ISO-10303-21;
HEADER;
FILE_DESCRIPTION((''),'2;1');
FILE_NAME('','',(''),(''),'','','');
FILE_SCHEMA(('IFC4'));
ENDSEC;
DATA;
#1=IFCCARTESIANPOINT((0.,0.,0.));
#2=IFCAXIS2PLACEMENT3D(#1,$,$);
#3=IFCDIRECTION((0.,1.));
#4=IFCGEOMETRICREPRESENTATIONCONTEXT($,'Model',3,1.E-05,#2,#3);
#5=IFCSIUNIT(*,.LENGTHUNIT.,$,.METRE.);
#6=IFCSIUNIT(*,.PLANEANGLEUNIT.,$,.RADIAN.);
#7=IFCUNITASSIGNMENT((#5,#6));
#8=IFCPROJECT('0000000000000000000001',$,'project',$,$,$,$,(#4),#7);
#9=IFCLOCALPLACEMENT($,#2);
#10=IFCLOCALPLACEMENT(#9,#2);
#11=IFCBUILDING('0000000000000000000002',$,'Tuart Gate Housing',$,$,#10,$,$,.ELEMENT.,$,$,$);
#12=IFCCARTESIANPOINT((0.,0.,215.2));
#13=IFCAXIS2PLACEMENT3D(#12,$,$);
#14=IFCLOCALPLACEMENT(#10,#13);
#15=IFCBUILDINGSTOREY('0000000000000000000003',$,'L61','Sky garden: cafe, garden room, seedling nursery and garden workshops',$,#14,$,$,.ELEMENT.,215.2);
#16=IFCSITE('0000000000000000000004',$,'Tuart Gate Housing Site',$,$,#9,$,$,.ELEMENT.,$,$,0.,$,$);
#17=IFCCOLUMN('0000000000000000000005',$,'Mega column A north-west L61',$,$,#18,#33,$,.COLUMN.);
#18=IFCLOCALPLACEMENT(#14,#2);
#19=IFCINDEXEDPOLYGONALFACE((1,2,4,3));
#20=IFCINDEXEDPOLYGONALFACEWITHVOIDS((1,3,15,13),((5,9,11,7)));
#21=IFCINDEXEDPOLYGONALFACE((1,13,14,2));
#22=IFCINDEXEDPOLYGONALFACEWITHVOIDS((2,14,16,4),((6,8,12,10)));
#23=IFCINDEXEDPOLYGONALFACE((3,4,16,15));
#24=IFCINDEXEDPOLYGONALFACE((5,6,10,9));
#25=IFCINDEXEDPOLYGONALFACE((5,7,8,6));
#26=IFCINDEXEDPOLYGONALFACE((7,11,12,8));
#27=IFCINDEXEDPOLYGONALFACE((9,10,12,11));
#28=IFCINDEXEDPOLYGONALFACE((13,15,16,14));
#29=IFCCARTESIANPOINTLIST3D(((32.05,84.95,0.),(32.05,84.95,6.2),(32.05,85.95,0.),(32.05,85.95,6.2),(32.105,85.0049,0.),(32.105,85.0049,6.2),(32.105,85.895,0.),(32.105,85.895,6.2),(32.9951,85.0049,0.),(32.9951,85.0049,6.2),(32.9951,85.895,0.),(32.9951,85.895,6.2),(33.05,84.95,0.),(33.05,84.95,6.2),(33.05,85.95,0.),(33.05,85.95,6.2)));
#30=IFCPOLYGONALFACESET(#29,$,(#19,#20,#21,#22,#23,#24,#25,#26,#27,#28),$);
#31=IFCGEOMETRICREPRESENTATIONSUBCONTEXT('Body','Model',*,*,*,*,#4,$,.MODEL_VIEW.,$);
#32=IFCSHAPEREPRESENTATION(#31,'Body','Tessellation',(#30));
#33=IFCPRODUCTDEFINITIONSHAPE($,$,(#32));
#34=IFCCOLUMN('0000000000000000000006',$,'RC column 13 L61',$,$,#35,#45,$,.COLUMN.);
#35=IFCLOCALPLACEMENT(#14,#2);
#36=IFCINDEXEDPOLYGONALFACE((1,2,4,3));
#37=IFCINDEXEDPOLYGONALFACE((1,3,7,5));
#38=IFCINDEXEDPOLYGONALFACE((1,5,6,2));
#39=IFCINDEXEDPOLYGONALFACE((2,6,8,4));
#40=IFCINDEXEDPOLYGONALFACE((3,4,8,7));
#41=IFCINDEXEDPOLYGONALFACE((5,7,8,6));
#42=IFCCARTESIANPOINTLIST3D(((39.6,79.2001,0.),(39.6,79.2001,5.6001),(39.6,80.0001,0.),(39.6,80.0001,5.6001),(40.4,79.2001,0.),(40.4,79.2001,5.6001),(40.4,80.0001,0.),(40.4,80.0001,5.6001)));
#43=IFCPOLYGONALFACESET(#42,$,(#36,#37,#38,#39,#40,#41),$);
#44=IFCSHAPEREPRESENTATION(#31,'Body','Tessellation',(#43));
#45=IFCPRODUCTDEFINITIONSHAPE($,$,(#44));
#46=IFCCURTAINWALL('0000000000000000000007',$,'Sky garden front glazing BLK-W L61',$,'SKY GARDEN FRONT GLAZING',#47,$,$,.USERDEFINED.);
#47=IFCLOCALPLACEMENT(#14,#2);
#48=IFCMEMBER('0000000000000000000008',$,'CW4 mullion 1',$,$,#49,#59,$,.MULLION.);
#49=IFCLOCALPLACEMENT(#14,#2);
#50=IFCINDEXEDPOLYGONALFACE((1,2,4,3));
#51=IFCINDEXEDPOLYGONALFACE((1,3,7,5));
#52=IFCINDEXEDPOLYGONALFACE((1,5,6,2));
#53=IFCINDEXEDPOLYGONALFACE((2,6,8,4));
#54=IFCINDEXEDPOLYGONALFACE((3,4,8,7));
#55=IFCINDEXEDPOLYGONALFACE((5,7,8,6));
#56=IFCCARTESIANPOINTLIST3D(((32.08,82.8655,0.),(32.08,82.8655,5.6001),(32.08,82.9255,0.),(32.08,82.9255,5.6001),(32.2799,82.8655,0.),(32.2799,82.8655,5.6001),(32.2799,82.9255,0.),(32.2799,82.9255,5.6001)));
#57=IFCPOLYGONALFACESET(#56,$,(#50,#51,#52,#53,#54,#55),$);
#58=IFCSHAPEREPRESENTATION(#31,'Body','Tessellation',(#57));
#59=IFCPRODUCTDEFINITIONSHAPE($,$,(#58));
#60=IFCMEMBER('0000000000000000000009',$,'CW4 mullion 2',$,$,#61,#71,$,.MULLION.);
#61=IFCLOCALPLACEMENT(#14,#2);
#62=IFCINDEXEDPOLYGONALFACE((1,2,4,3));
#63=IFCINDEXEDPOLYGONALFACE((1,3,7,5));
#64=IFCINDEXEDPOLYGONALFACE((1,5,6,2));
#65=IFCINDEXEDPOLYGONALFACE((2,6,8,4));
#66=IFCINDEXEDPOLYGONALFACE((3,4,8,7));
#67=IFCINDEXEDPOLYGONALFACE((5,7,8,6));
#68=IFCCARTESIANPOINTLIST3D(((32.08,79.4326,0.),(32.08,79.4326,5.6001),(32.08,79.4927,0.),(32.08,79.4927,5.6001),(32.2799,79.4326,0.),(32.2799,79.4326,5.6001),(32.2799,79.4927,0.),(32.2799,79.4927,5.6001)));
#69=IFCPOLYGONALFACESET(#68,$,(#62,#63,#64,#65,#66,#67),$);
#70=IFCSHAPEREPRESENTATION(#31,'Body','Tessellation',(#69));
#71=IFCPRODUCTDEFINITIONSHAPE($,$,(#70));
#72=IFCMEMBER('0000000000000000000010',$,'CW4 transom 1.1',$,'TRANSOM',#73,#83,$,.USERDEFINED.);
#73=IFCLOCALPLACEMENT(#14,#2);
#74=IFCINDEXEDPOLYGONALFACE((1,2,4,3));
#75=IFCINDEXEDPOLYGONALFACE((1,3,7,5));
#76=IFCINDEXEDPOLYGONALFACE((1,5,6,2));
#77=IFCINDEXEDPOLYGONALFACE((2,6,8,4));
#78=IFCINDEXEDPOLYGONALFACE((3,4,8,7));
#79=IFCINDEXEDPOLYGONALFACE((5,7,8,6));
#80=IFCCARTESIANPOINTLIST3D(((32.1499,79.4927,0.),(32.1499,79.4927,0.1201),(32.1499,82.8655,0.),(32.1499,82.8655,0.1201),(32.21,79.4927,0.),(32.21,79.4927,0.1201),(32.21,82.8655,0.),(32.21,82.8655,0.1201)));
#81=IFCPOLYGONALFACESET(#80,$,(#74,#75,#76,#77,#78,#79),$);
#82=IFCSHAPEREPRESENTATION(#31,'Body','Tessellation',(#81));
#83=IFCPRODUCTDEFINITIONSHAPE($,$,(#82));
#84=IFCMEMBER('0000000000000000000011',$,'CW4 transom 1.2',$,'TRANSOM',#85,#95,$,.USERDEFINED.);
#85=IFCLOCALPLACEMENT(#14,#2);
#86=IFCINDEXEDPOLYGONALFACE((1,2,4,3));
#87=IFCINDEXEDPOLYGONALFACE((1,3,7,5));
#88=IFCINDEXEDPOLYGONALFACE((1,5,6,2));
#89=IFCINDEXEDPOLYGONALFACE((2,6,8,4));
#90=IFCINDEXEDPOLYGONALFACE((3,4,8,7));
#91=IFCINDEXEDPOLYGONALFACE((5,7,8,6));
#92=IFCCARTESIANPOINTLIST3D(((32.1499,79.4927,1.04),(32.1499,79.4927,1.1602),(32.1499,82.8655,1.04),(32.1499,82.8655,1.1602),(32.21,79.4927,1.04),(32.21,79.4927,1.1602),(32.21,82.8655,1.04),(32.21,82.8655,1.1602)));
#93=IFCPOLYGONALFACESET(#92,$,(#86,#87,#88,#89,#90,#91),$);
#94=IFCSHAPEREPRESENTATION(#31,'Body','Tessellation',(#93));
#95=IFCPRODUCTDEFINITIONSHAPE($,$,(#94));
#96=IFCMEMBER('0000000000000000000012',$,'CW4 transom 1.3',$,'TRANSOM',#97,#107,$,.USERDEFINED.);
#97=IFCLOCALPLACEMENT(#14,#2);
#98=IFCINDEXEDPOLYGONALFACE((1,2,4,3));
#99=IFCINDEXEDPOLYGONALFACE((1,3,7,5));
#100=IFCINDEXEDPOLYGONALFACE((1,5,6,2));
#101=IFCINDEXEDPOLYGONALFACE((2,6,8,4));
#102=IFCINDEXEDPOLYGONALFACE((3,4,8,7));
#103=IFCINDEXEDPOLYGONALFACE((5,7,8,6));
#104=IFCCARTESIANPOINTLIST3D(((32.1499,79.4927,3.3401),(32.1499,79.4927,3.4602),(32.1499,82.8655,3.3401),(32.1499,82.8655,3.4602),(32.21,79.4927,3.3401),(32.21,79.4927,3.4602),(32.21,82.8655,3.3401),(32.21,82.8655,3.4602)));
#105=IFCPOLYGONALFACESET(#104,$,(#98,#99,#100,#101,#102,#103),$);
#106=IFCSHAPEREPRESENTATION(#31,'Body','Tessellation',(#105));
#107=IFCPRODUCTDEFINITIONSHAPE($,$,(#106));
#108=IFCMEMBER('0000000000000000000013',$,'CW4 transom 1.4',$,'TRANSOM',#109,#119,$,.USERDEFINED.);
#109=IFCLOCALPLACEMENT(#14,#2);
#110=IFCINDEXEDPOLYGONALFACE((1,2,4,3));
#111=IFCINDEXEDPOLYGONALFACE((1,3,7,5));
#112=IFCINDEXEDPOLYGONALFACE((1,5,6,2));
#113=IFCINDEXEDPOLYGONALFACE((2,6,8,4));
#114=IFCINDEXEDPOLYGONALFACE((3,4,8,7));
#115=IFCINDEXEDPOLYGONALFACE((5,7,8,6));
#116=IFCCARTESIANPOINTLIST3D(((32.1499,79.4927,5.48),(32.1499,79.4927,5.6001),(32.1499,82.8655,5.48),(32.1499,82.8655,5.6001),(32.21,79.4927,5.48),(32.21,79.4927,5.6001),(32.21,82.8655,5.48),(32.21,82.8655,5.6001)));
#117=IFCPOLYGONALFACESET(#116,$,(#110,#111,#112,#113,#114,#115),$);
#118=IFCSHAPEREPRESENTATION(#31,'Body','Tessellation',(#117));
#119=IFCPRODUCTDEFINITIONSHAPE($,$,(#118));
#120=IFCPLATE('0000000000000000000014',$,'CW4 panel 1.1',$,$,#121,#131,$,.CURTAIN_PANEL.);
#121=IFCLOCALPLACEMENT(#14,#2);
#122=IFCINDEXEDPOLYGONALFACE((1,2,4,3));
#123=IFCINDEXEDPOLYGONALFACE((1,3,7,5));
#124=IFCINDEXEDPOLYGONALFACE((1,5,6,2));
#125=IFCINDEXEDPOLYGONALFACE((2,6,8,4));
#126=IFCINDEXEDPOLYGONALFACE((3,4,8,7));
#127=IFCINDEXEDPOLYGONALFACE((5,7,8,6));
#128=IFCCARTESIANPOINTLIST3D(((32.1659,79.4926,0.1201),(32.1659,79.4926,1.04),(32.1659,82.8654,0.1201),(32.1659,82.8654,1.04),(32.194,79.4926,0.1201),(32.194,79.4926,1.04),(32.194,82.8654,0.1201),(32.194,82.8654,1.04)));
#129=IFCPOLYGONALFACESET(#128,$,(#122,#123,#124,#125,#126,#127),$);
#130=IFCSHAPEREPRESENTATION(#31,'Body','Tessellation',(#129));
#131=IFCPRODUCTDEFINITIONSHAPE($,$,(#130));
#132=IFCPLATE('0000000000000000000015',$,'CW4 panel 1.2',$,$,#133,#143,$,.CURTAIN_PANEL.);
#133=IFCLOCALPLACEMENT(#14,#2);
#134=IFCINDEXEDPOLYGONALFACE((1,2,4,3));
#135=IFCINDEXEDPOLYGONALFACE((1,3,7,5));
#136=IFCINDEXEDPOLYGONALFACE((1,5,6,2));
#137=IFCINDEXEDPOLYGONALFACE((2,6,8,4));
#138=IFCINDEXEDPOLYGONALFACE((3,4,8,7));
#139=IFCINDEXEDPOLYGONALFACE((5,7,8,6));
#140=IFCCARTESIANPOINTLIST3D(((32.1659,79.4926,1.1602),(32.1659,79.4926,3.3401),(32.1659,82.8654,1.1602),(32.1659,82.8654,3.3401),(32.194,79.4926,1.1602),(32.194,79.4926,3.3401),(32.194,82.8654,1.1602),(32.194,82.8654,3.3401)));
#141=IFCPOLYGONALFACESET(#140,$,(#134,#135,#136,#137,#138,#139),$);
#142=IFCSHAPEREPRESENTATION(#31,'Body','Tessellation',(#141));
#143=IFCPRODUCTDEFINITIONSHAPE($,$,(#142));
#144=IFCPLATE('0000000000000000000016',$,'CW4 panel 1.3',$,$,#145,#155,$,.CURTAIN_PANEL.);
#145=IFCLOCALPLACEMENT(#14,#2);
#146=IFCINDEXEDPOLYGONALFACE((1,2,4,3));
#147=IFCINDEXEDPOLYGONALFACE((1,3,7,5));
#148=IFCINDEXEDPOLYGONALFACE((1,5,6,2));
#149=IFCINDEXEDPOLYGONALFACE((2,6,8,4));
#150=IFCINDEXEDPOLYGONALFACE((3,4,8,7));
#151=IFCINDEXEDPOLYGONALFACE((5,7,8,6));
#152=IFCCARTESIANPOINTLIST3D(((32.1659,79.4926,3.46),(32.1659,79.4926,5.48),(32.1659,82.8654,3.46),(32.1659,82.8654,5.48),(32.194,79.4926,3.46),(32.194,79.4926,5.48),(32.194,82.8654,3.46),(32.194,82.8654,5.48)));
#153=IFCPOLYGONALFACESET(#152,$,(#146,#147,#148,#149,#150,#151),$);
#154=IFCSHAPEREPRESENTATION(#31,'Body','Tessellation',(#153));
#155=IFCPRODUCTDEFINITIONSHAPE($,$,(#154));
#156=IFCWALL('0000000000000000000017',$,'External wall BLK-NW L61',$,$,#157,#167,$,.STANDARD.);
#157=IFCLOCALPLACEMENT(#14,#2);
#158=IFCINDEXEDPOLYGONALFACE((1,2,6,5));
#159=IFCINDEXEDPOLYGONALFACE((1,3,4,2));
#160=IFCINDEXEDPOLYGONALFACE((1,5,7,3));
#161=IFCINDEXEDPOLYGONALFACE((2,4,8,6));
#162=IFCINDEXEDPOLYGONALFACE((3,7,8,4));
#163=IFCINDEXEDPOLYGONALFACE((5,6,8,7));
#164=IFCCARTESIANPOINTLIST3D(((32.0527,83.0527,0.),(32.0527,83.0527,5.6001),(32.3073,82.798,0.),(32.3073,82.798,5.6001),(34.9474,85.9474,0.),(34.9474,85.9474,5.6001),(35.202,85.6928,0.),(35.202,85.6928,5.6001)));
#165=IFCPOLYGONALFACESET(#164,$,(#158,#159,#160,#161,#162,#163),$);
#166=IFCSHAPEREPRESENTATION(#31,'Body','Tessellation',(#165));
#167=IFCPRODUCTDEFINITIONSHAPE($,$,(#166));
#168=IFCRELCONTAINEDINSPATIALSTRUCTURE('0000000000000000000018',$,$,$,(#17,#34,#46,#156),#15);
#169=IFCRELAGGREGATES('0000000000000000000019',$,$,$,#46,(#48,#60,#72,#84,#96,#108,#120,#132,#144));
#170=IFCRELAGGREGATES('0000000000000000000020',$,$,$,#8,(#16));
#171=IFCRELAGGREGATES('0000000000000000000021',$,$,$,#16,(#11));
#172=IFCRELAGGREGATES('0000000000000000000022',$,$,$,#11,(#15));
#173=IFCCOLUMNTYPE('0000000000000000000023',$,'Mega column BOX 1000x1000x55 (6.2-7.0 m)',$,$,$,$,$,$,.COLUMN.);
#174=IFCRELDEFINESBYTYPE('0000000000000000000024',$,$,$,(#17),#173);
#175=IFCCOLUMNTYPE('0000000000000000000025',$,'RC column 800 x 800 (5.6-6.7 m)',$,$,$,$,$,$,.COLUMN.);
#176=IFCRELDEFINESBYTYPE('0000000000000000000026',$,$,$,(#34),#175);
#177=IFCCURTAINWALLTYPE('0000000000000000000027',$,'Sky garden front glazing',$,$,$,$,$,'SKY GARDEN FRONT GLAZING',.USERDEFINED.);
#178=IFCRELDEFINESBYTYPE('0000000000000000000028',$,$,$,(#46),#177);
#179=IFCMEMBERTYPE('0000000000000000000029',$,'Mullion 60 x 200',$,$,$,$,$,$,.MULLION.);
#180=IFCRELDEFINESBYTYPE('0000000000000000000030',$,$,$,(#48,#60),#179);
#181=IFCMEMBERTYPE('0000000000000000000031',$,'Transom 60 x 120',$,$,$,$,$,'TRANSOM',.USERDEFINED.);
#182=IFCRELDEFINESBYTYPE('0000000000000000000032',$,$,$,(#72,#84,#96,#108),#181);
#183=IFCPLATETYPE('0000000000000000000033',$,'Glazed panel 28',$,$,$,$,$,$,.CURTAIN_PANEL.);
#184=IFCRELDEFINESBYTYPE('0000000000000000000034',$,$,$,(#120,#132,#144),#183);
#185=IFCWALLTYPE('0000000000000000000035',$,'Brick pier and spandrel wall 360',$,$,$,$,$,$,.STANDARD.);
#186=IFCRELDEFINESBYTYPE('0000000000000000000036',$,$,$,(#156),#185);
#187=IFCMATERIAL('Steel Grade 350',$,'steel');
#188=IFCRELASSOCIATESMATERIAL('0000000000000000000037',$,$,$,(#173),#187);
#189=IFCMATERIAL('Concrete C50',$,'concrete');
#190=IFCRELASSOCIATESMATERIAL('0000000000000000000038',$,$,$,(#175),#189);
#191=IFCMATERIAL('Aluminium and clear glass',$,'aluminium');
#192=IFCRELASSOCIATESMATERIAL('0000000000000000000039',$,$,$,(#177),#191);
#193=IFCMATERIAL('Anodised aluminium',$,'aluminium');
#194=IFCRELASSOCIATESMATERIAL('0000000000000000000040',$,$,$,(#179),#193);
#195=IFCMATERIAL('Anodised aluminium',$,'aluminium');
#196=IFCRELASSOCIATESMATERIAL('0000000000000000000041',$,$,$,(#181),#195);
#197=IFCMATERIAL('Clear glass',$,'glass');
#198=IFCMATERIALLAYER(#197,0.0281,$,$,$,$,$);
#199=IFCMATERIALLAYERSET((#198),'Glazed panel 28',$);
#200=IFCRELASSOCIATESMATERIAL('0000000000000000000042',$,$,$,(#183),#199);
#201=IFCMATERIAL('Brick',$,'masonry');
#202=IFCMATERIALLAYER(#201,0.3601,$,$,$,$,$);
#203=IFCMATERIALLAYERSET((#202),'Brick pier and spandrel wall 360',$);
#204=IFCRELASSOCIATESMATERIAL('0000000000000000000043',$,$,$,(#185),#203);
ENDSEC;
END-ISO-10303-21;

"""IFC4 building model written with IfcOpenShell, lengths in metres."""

from ifc_helpers import new_model, si_unit, direction, frame, frame_2d, origin, origin_2d, place, context, subcontext, project, spatial, rectangle, hollow_rectangle, extrude, material, layer, layer_set, material_profile, profile_set, type_object, element, aggregate, save


model = new_model("IFC4")

# Units and contexts
model_context = context("Model", 3, precision=1e-05, world=origin(), true_north=direction((0.0, 1.0)))
body_context = subcontext(model_context, "Body", "Model", "MODEL_VIEW")
ifc_project = project(units=[si_unit("LENGTHUNIT", "METRE"), si_unit("PLANEANGLEUNIT", "RADIAN")], contexts=[model_context])

# Site, building, storey
site_placement = place(None, origin())
site = spatial("IfcSite", under=ifc_project, at=site_placement, Name="Tuart Gate Housing Site", CompositionType="ELEMENT", RefElevation=0.0)
building_placement = place(site_placement, origin())
building = spatial("IfcBuilding", under=site, at=building_placement, Name="Tuart Gate Housing", CompositionType="ELEMENT")
storey_placement = place(building_placement, frame((0.0, 0.0, 215.2)))
storey = spatial("IfcBuildingStorey", under=building, at=storey_placement, Name="L61", Description="Sky garden: cafe, garden room, seedling nursery and garden workshops", CompositionType="ELEMENT", Elevation=215.2)

# Columns
ifc_material_1 = material(Name="Steel Grade 350", Category="steel")
ifc_material_profile_1 = material_profile(ifc_material_1, hollow_rectangle(XDim=1.0, YDim=1.0, WallThickness=0.0549, at=origin_2d()), Name="BOX 1000x1000x55")
ifc_profile_set_1 = profile_set([ifc_material_profile_1], Name="Steel Grade 350")
column_type_1 = type_object("IfcColumnType", Name="Mega column BOX 1000x1000x55 (6.2-7.0 m)", PredefinedType="COLUMN", material=ifc_profile_set_1)
column_1_placement = place(storey_placement, frame((32.55, 85.45, 0.0), z_axis=(0.0, 0.0, 1.0), x_axis=(1.0, 0.0, 0.0)))
element("IfcColumn", 1, at=column_1_placement, inside=storey, type_object=column_type_1, Name="Mega column A north-west L61", PredefinedType="COLUMN", context=body_context, shape_type="SweptSolid", body=[
    extrude(hollow_rectangle(XDim=1.0, YDim=1.0, WallThickness=0.0549, at=origin_2d()), origin(), (0.0, 0.0, 1.0), 6.2),
])
ifc_material_2 = material(Name="Concrete C50", Category="concrete")
ifc_material_profile_2 = material_profile(ifc_material_2, rectangle(XDim=0.8, YDim=0.8, at=origin_2d()), Name="RC column 800 x 800 (5.6-6.7 m)")
ifc_profile_set_2 = profile_set([ifc_material_profile_2], Name="Concrete C50")
column_type_2 = type_object("IfcColumnType", Name="RC column 800 x 800 (5.6-6.7 m)", PredefinedType="COLUMN", material=ifc_profile_set_2)
column_2_placement = place(storey_placement, frame((40.0, 79.6001, 0.0), z_axis=(0.0, 0.0, 1.0), x_axis=(1.0, 0.0, 0.0)))
element("IfcColumn", 2, at=column_2_placement, inside=storey, type_object=column_type_2, Name="RC column 13 L61", PredefinedType="COLUMN", context=body_context, shape_type="SweptSolid", body=[
    extrude(rectangle(XDim=0.8, YDim=0.8, at=origin_2d()), origin(), (0.0, 0.0, 1.0), 5.6001),
])

# Curtain wall, members, plates
ifc_material_3 = material(Name="Aluminium and clear glass", Category="aluminium")
curtain_wall_type = type_object("IfcCurtainWallType", Name="Sky garden front glazing", ElementType="SKY GARDEN FRONT GLAZING", PredefinedType="USERDEFINED", material=ifc_material_3)
curtain_wall_placement = place(storey_placement, origin())
curtain_wall = element("IfcCurtainWall", 3, at=curtain_wall_placement, inside=storey, type_object=curtain_wall_type, Name="Sky garden front glazing BLK-W L61", ObjectType="SKY GARDEN FRONT GLAZING", PredefinedType="USERDEFINED")
ifc_material_4 = material(Name="Anodised aluminium", Category="aluminium")
ifc_material_profile_3 = material_profile(ifc_material_4, rectangle(XDim=0.0601, YDim=0.2, at=origin_2d()), Name="60x200")
ifc_profile_set_3 = profile_set([ifc_material_profile_3], Name="Anodised aluminium")
member_type_1 = type_object("IfcMemberType", Name="Mullion 60 x 200", PredefinedType="MULLION", material=ifc_profile_set_3)
member_1_placement = place(storey_placement, frame((32.1799, 82.8955, 0.0), z_axis=(0.0, 0.0, 1.0), x_axis=(0.0, -1.0, 0.0)))
member_1 = element("IfcMember", 4, at=member_1_placement, type_object=member_type_1, Name="CW4 mullion 1", PredefinedType="MULLION", context=body_context, shape_type="SweptSolid", body=[
    extrude(rectangle(XDim=0.0601, YDim=0.2, at=origin_2d()), origin(), (0.0, 0.0, 1.0), 5.6001),
])
member_2_placement = place(storey_placement, frame((32.1799, 79.4626, 0.0), z_axis=(0.0, 0.0, 1.0), x_axis=(0.0, -1.0, 0.0)))
member_2 = element("IfcMember", 5, at=member_2_placement, type_object=member_type_1, Name="CW4 mullion 2", PredefinedType="MULLION", context=body_context, shape_type="SweptSolid", body=[
    extrude(rectangle(XDim=0.0601, YDim=0.2, at=origin_2d()), origin(), (0.0, 0.0, 1.0), 5.6001),
])
ifc_material_5 = material(Name="Anodised aluminium", Category="aluminium")
ifc_material_profile_4 = material_profile(ifc_material_5, rectangle(XDim=0.0601, YDim=0.1201, at=origin_2d()), Name="60x120")
ifc_profile_set_4 = profile_set([ifc_material_profile_4], Name="Anodised aluminium")
member_type_2 = type_object("IfcMemberType", Name="Transom 60 x 120", ElementType="TRANSOM", PredefinedType="USERDEFINED", material=ifc_profile_set_4)
member_3_placement = place(storey_placement, frame((32.1799, 82.8655, 0.0601), z_axis=(0.0, -1.0, 0.0), x_axis=(1.0, 0.0, 0.0)))
member_3 = element("IfcMember", 6, at=member_3_placement, type_object=member_type_2, Name="CW4 transom 1.1", ObjectType="TRANSOM", PredefinedType="USERDEFINED", context=body_context, shape_type="SweptSolid", body=[
    extrude(rectangle(XDim=0.0601, YDim=0.1201, at=origin_2d()), origin(), (0.0, 0.0, 1.0), 3.3728),
])
member_4_placement = place(storey_placement, frame((32.1799, 82.8655, 1.1001), z_axis=(0.0, -1.0, 0.0), x_axis=(1.0, 0.0, 0.0)))
member_4 = element("IfcMember", 7, at=member_4_placement, type_object=member_type_2, Name="CW4 transom 1.2", ObjectType="TRANSOM", PredefinedType="USERDEFINED", context=body_context, shape_type="SweptSolid", body=[
    extrude(rectangle(XDim=0.0601, YDim=0.1201, at=origin_2d()), origin(), (0.0, 0.0, 1.0), 3.3728),
])
member_5_placement = place(storey_placement, frame((32.1799, 82.8655, 3.4001), z_axis=(0.0, -1.0, 0.0), x_axis=(1.0, 0.0, 0.0)))
member_5 = element("IfcMember", 8, at=member_5_placement, type_object=member_type_2, Name="CW4 transom 1.3", ObjectType="TRANSOM", PredefinedType="USERDEFINED", context=body_context, shape_type="SweptSolid", body=[
    extrude(rectangle(XDim=0.0601, YDim=0.1201, at=origin_2d()), origin(), (0.0, 0.0, 1.0), 3.3728),
])
member_6_placement = place(storey_placement, frame((32.1799, 82.8655, 5.54), z_axis=(0.0, -1.0, 0.0), x_axis=(1.0, 0.0, 0.0)))
member_6 = element("IfcMember", 9, at=member_6_placement, type_object=member_type_2, Name="CW4 transom 1.4", ObjectType="TRANSOM", PredefinedType="USERDEFINED", context=body_context, shape_type="SweptSolid", body=[
    extrude(rectangle(XDim=0.0601, YDim=0.1201, at=origin_2d()), origin(), (0.0, 0.0, 1.0), 3.3728),
])
ifc_material_6 = material(Name="Clear glass", Category="glass")
ifc_layer_1 = layer(ifc_material_6, 0.0281)
ifc_layer_set_1 = layer_set([ifc_layer_1], Name="Glazed panel 28")
plate_type = type_object("IfcPlateType", Name="Glazed panel 28", PredefinedType="CURTAIN_PANEL", material=ifc_layer_set_1)
plate_1_placement = place(storey_placement, frame((32.1799, 81.179, 0.1201), z_axis=(0.0, 0.0, 1.0), x_axis=(0.0, -1.0, 0.0)))
plate_1 = element("IfcPlate", 10, at=plate_1_placement, type_object=plate_type, Name="CW4 panel 1.1", PredefinedType="CURTAIN_PANEL", context=body_context, shape_type="SweptSolid", body=[
    extrude(rectangle(XDim=3.3728, YDim=0.0281, at=origin_2d()), origin(), (0.0, 0.0, 1.0), 0.9199),
])
plate_2_placement = place(storey_placement, frame((32.1799, 81.179, 1.1602), z_axis=(0.0, 0.0, 1.0), x_axis=(0.0, -1.0, 0.0)))
plate_2 = element("IfcPlate", 11, at=plate_2_placement, type_object=plate_type, Name="CW4 panel 1.2", PredefinedType="CURTAIN_PANEL", context=body_context, shape_type="SweptSolid", body=[
    extrude(rectangle(XDim=3.3728, YDim=0.0281, at=origin_2d()), origin(), (0.0, 0.0, 1.0), 2.1799),
])
plate_3_placement = place(storey_placement, frame((32.1799, 81.179, 3.46), z_axis=(0.0, 0.0, 1.0), x_axis=(0.0, -1.0, 0.0)))
plate_3 = element("IfcPlate", 12, at=plate_3_placement, type_object=plate_type, Name="CW4 panel 1.3", PredefinedType="CURTAIN_PANEL", context=body_context, shape_type="SweptSolid", body=[
    extrude(rectangle(XDim=3.3728, YDim=0.0281, at=origin_2d()), origin(), (0.0, 0.0, 1.0), 2.02),
])
aggregate(curtain_wall, [member_1, member_2, member_3, member_4, member_5, member_6, plate_1, plate_2, plate_3])

# Wall
ifc_material_7 = material(Name="Brick", Category="masonry")
ifc_layer_2 = layer(ifc_material_7, 0.3601)
ifc_layer_set_2 = layer_set([ifc_layer_2], Name="Brick pier and spandrel wall 360")
wall_type = type_object("IfcWallType", Name="Brick pier and spandrel wall 360", PredefinedType="STANDARD", material=ifc_layer_set_2)
wall_placement = place(storey_placement, frame((35.0747, 85.8201, 0.0), z_axis=(0.0, 0.0, 1.0), x_axis=(-0.707107, -0.707107, 0.0)))
element("IfcWall", 13, at=wall_placement, inside=storey, type_object=wall_type, Name="External wall BLK-NW L61", PredefinedType="STANDARD", context=body_context, shape_type="SweptSolid", body=[
    extrude(rectangle(XDim=4.0938, YDim=0.3601, at=frame_2d((2.0469, 0.0))), origin(), (0.0, 0.0, 1.0), 5.6001),
])

save(model, "model.ifc")
